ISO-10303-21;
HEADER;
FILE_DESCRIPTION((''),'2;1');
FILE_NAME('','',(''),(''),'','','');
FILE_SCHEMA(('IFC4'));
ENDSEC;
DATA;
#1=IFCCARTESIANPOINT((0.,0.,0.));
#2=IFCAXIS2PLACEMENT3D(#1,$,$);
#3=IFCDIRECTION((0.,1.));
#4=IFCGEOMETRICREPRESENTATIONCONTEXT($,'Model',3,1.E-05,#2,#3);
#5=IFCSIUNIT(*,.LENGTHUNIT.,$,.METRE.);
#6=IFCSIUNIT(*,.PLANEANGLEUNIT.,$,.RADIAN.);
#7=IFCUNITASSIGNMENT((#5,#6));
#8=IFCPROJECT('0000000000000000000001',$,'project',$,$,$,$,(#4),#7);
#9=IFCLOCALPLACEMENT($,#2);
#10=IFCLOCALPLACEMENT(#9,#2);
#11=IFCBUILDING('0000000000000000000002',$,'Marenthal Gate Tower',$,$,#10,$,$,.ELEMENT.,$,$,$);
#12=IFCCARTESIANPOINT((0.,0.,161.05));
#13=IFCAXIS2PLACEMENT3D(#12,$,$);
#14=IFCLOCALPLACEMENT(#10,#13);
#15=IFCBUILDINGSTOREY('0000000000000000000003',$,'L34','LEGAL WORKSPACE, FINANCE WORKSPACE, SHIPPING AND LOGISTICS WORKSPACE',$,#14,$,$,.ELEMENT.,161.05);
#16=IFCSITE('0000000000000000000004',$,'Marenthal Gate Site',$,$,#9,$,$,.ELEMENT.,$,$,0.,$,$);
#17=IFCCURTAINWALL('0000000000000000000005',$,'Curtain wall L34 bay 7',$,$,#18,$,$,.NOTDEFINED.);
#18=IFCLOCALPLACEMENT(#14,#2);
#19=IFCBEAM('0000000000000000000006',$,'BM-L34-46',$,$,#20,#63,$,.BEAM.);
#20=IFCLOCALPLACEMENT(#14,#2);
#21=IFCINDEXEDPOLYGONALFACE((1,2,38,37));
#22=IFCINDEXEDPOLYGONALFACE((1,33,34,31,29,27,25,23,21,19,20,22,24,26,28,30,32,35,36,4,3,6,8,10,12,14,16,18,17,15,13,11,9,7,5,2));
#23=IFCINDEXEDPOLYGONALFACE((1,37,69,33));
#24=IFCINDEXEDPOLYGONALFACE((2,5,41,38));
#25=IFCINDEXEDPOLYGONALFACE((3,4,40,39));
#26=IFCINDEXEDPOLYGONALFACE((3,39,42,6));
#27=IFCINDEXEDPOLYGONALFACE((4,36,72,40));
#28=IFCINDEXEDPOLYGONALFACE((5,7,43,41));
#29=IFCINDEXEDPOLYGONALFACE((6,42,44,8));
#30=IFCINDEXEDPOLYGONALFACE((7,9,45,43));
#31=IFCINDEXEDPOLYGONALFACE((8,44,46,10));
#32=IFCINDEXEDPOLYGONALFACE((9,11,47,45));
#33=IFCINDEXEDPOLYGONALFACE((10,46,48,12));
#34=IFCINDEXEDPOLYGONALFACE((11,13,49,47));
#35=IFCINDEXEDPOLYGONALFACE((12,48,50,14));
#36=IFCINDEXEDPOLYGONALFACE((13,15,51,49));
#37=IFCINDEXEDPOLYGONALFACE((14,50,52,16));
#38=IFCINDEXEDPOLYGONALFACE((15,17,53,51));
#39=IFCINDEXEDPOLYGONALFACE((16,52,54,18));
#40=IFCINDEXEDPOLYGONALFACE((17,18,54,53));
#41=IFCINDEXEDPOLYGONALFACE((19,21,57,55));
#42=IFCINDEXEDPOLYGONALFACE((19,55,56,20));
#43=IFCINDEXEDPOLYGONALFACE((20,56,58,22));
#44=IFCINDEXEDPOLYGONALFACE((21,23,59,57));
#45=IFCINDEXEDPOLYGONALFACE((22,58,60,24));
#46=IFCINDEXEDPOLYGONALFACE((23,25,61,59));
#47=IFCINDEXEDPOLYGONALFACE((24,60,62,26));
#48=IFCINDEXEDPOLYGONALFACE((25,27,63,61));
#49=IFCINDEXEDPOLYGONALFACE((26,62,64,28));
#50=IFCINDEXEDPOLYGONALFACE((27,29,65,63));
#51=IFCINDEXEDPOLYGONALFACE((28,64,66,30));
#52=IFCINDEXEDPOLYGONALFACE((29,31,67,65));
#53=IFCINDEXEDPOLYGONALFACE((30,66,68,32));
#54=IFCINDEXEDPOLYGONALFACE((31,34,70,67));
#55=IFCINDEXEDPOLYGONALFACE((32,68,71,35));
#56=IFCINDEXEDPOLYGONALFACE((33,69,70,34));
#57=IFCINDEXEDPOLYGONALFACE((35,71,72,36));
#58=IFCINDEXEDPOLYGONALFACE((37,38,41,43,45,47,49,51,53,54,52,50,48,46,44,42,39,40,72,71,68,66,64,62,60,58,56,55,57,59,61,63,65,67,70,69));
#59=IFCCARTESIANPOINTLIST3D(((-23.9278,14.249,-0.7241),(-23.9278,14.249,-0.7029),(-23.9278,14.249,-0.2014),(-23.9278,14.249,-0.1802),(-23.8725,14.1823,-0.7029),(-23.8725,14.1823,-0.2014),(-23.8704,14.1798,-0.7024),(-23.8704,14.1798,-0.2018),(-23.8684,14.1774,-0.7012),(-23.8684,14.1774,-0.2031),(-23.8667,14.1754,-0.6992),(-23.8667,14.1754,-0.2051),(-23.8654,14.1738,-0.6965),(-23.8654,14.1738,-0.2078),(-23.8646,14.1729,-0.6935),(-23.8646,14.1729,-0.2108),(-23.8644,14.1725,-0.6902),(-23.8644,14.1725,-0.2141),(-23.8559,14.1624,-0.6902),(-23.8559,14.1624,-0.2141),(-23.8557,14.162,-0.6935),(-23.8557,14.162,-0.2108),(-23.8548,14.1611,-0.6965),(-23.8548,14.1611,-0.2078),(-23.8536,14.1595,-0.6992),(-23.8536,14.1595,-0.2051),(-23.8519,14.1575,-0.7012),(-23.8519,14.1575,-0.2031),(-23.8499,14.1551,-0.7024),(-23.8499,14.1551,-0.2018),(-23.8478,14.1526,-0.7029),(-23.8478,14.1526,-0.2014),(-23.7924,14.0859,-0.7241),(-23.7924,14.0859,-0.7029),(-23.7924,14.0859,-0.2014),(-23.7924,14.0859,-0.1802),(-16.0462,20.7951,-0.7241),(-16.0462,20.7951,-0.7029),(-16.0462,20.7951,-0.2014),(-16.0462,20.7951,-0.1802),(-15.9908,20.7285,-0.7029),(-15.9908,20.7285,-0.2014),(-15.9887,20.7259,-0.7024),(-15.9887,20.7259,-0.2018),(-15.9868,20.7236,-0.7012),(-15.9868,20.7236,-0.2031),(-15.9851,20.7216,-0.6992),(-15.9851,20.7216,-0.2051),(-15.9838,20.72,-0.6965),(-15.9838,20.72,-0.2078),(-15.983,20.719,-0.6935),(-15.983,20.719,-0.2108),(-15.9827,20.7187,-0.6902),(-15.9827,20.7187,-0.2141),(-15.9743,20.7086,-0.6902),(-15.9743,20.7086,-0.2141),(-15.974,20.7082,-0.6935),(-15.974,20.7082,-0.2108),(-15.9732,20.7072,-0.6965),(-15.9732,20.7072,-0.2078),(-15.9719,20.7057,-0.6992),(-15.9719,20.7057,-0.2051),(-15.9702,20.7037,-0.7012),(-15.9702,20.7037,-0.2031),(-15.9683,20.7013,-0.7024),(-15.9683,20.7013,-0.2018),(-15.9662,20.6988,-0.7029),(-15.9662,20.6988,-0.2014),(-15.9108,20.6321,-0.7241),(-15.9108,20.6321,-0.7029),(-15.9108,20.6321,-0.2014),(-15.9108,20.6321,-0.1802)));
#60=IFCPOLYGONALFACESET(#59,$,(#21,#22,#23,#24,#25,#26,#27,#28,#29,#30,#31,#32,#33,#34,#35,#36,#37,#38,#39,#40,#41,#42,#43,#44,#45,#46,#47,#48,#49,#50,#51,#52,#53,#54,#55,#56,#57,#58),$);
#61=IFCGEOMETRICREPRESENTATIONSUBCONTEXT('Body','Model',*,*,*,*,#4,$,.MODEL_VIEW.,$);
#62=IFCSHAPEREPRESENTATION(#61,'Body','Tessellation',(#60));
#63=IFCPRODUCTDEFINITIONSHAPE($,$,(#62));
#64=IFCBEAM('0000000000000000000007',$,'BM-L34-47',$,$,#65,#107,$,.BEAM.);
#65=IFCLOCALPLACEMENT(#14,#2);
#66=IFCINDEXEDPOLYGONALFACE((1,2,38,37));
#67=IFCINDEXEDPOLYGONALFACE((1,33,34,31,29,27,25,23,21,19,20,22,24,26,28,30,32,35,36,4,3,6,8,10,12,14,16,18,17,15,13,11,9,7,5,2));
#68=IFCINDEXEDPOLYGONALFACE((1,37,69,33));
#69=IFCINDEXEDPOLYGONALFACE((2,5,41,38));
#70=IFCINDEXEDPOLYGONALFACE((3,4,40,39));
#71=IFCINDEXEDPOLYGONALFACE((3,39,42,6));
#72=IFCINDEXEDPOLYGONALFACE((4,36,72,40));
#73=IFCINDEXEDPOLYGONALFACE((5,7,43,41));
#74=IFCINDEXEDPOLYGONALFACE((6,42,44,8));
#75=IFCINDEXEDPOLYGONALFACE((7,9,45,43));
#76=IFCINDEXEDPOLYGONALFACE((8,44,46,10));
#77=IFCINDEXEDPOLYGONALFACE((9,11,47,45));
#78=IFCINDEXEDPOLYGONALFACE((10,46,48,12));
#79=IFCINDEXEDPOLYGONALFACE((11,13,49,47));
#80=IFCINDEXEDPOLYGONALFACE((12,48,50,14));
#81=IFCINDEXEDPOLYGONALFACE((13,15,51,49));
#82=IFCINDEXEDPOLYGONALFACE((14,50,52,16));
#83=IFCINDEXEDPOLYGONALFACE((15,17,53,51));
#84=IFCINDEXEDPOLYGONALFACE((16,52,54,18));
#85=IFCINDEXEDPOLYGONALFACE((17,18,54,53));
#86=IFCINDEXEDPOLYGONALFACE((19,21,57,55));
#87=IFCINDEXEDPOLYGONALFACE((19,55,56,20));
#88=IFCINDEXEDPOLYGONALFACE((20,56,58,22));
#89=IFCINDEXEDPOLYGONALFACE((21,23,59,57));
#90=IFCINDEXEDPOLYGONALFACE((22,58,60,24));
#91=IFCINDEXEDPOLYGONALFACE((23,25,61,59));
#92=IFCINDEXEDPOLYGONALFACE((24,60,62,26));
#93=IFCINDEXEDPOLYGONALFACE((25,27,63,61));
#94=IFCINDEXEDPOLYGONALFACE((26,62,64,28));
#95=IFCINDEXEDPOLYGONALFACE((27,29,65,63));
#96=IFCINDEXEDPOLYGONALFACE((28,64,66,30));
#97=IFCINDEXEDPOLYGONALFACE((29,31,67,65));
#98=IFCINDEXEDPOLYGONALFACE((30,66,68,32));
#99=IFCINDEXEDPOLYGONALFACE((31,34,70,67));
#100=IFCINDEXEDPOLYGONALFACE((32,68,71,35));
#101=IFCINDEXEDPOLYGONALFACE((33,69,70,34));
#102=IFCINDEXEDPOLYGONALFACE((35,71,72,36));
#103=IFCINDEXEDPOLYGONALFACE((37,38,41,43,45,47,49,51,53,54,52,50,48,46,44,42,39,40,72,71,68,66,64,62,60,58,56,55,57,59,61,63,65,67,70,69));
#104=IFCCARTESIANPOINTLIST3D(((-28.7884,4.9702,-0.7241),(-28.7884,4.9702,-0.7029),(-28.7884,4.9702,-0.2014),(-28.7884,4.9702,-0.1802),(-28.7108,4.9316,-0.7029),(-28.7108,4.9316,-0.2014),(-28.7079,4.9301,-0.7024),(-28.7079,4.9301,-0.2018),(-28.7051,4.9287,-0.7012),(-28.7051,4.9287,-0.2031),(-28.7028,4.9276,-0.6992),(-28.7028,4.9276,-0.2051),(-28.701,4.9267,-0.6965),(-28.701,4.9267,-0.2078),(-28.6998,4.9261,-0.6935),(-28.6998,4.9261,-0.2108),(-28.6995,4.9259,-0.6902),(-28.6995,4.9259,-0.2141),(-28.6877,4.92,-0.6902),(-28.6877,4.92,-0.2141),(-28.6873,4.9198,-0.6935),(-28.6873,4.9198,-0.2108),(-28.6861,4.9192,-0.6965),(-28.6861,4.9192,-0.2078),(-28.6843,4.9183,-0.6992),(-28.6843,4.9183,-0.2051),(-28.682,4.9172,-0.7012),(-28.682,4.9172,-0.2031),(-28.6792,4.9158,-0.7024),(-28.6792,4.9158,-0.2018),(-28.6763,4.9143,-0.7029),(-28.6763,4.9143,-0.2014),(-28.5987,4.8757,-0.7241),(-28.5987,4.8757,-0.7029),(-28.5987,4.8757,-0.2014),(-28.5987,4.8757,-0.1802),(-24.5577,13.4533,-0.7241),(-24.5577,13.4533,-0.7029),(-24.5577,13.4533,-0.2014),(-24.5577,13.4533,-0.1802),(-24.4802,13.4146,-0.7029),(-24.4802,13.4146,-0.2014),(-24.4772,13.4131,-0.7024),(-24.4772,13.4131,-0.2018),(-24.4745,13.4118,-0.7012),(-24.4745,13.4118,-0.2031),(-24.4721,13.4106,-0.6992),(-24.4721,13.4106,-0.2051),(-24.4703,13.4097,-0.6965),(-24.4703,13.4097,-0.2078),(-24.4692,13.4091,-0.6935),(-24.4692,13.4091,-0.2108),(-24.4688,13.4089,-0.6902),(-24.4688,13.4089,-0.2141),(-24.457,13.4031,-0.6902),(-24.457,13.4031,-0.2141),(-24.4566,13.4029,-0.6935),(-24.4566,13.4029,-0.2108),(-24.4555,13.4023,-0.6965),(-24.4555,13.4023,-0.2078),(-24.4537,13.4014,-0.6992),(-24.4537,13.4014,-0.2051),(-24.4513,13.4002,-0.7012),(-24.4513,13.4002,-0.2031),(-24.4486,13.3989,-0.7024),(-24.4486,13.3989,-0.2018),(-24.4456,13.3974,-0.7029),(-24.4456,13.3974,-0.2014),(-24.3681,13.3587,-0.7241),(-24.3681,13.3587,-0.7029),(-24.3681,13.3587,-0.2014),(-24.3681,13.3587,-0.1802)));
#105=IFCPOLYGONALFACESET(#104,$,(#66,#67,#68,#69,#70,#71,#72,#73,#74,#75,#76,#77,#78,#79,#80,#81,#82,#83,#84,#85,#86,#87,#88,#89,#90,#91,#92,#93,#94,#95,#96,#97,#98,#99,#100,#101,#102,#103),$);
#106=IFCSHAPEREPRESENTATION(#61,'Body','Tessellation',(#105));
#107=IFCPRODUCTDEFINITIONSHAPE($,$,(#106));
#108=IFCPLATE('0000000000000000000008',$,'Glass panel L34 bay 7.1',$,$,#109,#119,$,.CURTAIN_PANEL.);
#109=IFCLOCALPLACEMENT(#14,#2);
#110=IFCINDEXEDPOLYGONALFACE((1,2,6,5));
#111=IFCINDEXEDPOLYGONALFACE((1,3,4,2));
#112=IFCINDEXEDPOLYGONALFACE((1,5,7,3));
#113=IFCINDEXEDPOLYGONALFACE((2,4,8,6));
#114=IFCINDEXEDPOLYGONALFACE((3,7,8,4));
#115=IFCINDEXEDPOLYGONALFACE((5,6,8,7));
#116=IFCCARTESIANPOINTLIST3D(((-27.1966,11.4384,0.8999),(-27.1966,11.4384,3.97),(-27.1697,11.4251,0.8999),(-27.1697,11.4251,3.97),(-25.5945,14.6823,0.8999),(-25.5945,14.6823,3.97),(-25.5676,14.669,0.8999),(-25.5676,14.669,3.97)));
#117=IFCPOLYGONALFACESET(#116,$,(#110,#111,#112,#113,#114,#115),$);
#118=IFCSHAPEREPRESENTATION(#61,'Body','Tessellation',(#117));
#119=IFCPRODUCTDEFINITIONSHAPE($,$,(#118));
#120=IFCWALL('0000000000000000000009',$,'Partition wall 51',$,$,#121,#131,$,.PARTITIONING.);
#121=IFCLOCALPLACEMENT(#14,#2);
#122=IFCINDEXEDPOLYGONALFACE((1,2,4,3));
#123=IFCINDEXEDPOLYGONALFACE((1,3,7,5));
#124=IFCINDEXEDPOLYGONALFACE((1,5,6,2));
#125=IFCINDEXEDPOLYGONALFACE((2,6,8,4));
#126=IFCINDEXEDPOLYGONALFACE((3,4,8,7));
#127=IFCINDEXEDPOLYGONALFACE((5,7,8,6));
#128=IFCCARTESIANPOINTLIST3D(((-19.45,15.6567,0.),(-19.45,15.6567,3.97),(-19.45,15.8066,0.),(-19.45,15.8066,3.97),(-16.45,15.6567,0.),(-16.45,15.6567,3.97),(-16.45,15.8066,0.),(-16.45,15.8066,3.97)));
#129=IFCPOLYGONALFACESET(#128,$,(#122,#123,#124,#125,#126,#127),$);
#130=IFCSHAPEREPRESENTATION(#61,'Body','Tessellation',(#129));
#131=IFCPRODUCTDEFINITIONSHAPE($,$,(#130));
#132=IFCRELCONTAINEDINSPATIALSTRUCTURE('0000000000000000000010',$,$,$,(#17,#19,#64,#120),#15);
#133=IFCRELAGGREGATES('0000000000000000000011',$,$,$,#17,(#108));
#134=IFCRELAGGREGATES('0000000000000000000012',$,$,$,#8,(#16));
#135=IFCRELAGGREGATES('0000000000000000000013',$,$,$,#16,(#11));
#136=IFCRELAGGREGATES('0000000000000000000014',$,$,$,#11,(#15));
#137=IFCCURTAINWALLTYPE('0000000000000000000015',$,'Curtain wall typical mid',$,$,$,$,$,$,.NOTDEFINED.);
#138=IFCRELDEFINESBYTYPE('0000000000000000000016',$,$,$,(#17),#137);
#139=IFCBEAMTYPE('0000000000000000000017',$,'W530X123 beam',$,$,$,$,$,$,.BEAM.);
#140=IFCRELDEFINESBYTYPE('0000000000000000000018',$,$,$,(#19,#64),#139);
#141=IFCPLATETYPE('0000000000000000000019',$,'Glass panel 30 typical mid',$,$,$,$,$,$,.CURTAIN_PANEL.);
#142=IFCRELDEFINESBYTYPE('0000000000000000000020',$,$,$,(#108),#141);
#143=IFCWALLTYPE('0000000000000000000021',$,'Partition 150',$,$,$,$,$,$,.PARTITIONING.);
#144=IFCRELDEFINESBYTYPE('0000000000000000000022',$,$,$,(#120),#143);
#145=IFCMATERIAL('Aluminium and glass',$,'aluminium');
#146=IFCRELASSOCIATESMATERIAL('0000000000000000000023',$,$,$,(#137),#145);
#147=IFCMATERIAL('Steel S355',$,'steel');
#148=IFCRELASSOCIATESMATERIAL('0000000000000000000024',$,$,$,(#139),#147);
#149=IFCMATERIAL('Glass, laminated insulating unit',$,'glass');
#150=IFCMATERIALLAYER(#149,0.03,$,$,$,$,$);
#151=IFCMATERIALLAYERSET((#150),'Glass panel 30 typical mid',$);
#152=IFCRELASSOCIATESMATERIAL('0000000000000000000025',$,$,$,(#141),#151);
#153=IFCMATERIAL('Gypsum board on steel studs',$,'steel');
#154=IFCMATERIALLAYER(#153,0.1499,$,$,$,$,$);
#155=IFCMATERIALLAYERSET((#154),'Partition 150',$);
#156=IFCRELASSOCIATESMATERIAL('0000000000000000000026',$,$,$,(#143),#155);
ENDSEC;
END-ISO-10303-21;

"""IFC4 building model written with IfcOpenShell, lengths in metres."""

from ifc_helpers import new_model, si_unit, direction, frame, frame_2d, origin, origin_2d, place, context, subcontext, project, spatial, rectangle, i_section, extrude, material, layer, layer_set, material_profile, profile_set, type_object, element, aggregate, save


model = new_model("IFC4")

# Units and contexts
model_context = context("Model", 3, precision=1e-05, world=origin(), true_north=direction((0.0, 1.0)))
body_context = subcontext(model_context, "Body", "Model", "MODEL_VIEW")
ifc_project = project(units=[si_unit("LENGTHUNIT", "METRE"), si_unit("PLANEANGLEUNIT", "RADIAN")], contexts=[model_context])

# Site, building, storey
site_placement = place(None, origin())
site = spatial("IfcSite", under=ifc_project, at=site_placement, Name="Marenthal Gate Site", CompositionType="ELEMENT", RefElevation=0.0)
building_placement = place(site_placement, origin())
building = spatial("IfcBuilding", under=site, at=building_placement, Name="Marenthal Gate Tower", CompositionType="ELEMENT")
storey_placement = place(building_placement, frame((0.0, 0.0, 161.05)))
storey = spatial("IfcBuildingStorey", under=building, at=storey_placement, Name="L34", Description="LEGAL WORKSPACE, FINANCE WORKSPACE, SHIPPING AND LOGISTICS WORKSPACE", CompositionType="ELEMENT", Elevation=161.05)

# Shared definitions
ifc_material_1 = material(Name="Aluminium and glass", Category="aluminium")
curtain_wall_type = type_object("IfcCurtainWallType", Name="Curtain wall typical mid", PredefinedType="NOTDEFINED", material=ifc_material_1)

# Curtain wall
curtain_wall_1_placement = place(storey_placement, origin())
curtain_wall_1 = element("IfcCurtainWall", 1, at=curtain_wall_1_placement, inside=storey, type_object=curtain_wall_type, Name="Curtain wall L34 bay 7", PredefinedType="NOTDEFINED")

# Beams
ifc_material_2 = material(Name="Steel S355", Category="steel")
ifc_material_profile_1 = material_profile(ifc_material_2, i_section(OverallWidth=0.2119, OverallDepth=0.5439, WebThickness=0.0132, FlangeThickness=0.0212, FilletRadius=0.0127, at=origin_2d()), Name="W530X123")
ifc_profile_set_1 = profile_set([ifc_material_profile_1], Name="Steel S355")
beam_type_1 = type_object("IfcBeamType", Name="W530X123 beam", PredefinedType="BEAM", material=ifc_profile_set_1)
beam_1_placement = place(storey_placement, frame((-15.9785, 20.7136, -0.4521), z_axis=(-0.769269, -0.638925, 0.0), x_axis=(0.638925, -0.769269, 0.0)))
element("IfcBeam", 2, at=beam_1_placement, inside=storey, type_object=beam_type_1, Name="BM-L34-46", PredefinedType="BEAM", context=body_context, shape_type="SweptSolid", body=[
    extrude(i_section(OverallWidth=0.2119, OverallDepth=0.5439, WebThickness=0.0132, FlangeThickness=0.0212, FilletRadius=0.0127, at=origin_2d()), origin(), (0.0, 0.0, 1.0), 10.2456),
])
beam_2_placement = place(storey_placement, frame((-24.4629, 13.406, -0.4521), z_axis=(-0.446297, -0.894885, 0.0), x_axis=(0.894885, -0.446297, 0.0)))
element("IfcBeam", 3, at=beam_2_placement, inside=storey, type_object=beam_type_1, Name="BM-L34-47", PredefinedType="BEAM", context=body_context, shape_type="SweptSolid", body=[
    extrude(i_section(OverallWidth=0.2119, OverallDepth=0.5439, WebThickness=0.0132, FlangeThickness=0.0212, FilletRadius=0.0127, at=origin_2d()), origin(), (0.0, 0.0, 1.0), 9.4795),
])

# Plate
ifc_material_3 = material(Name="Glass, laminated insulating unit", Category="glass")
ifc_layer_1 = layer(ifc_material_3, 0.03)
ifc_layer_set_1 = layer_set([ifc_layer_1], Name="Glass panel 30 typical mid")
plate_type = type_object("IfcPlateType", Name="Glass panel 30 typical mid", PredefinedType="CURTAIN_PANEL", material=ifc_layer_set_1)
plate_placement = place(storey_placement, frame((-26.3821, 13.0537, 0.8999), z_axis=(0.0, 0.0, 1.0), x_axis=(-0.442824, -0.896609, 0.0)))
plate = element("IfcPlate", 4, at=plate_placement, type_object=plate_type, Name="Glass panel L34 bay 7.1", PredefinedType="CURTAIN_PANEL", context=body_context, shape_type="SweptSolid", body=[
    extrude(rectangle(XDim=3.6179, YDim=0.03, at=origin_2d()), origin(), (0.0, 0.0, 1.0), 3.0701),
])
aggregate(curtain_wall_1, [plate])

# Wall
ifc_material_4 = material(Name="Gypsum board on steel studs", Category="steel")
ifc_layer_2 = layer(ifc_material_4, 0.1499)
ifc_layer_set_2 = layer_set([ifc_layer_2], Name="Partition 150")
wall_type_1 = type_object("IfcWallType", Name="Partition 150", PredefinedType="PARTITIONING", material=ifc_layer_set_2)
wall_1_placement = place(storey_placement, frame((-19.45, 15.7317, 0.0), z_axis=(0.0, 0.0, 1.0), x_axis=(1.0, 0.0, 0.0)))
element("IfcWall", 5, at=wall_1_placement, inside=storey, type_object=wall_type_1, Name="Partition wall 51", PredefinedType="PARTITIONING", context=body_context, shape_type="SweptSolid", body=[
    extrude(rectangle(XDim=3.0, YDim=0.1499, at=frame_2d((1.5, 0.0))), origin(), (0.0, 0.0, 1.0), 3.97),
])

save(model, "model.ifc")
